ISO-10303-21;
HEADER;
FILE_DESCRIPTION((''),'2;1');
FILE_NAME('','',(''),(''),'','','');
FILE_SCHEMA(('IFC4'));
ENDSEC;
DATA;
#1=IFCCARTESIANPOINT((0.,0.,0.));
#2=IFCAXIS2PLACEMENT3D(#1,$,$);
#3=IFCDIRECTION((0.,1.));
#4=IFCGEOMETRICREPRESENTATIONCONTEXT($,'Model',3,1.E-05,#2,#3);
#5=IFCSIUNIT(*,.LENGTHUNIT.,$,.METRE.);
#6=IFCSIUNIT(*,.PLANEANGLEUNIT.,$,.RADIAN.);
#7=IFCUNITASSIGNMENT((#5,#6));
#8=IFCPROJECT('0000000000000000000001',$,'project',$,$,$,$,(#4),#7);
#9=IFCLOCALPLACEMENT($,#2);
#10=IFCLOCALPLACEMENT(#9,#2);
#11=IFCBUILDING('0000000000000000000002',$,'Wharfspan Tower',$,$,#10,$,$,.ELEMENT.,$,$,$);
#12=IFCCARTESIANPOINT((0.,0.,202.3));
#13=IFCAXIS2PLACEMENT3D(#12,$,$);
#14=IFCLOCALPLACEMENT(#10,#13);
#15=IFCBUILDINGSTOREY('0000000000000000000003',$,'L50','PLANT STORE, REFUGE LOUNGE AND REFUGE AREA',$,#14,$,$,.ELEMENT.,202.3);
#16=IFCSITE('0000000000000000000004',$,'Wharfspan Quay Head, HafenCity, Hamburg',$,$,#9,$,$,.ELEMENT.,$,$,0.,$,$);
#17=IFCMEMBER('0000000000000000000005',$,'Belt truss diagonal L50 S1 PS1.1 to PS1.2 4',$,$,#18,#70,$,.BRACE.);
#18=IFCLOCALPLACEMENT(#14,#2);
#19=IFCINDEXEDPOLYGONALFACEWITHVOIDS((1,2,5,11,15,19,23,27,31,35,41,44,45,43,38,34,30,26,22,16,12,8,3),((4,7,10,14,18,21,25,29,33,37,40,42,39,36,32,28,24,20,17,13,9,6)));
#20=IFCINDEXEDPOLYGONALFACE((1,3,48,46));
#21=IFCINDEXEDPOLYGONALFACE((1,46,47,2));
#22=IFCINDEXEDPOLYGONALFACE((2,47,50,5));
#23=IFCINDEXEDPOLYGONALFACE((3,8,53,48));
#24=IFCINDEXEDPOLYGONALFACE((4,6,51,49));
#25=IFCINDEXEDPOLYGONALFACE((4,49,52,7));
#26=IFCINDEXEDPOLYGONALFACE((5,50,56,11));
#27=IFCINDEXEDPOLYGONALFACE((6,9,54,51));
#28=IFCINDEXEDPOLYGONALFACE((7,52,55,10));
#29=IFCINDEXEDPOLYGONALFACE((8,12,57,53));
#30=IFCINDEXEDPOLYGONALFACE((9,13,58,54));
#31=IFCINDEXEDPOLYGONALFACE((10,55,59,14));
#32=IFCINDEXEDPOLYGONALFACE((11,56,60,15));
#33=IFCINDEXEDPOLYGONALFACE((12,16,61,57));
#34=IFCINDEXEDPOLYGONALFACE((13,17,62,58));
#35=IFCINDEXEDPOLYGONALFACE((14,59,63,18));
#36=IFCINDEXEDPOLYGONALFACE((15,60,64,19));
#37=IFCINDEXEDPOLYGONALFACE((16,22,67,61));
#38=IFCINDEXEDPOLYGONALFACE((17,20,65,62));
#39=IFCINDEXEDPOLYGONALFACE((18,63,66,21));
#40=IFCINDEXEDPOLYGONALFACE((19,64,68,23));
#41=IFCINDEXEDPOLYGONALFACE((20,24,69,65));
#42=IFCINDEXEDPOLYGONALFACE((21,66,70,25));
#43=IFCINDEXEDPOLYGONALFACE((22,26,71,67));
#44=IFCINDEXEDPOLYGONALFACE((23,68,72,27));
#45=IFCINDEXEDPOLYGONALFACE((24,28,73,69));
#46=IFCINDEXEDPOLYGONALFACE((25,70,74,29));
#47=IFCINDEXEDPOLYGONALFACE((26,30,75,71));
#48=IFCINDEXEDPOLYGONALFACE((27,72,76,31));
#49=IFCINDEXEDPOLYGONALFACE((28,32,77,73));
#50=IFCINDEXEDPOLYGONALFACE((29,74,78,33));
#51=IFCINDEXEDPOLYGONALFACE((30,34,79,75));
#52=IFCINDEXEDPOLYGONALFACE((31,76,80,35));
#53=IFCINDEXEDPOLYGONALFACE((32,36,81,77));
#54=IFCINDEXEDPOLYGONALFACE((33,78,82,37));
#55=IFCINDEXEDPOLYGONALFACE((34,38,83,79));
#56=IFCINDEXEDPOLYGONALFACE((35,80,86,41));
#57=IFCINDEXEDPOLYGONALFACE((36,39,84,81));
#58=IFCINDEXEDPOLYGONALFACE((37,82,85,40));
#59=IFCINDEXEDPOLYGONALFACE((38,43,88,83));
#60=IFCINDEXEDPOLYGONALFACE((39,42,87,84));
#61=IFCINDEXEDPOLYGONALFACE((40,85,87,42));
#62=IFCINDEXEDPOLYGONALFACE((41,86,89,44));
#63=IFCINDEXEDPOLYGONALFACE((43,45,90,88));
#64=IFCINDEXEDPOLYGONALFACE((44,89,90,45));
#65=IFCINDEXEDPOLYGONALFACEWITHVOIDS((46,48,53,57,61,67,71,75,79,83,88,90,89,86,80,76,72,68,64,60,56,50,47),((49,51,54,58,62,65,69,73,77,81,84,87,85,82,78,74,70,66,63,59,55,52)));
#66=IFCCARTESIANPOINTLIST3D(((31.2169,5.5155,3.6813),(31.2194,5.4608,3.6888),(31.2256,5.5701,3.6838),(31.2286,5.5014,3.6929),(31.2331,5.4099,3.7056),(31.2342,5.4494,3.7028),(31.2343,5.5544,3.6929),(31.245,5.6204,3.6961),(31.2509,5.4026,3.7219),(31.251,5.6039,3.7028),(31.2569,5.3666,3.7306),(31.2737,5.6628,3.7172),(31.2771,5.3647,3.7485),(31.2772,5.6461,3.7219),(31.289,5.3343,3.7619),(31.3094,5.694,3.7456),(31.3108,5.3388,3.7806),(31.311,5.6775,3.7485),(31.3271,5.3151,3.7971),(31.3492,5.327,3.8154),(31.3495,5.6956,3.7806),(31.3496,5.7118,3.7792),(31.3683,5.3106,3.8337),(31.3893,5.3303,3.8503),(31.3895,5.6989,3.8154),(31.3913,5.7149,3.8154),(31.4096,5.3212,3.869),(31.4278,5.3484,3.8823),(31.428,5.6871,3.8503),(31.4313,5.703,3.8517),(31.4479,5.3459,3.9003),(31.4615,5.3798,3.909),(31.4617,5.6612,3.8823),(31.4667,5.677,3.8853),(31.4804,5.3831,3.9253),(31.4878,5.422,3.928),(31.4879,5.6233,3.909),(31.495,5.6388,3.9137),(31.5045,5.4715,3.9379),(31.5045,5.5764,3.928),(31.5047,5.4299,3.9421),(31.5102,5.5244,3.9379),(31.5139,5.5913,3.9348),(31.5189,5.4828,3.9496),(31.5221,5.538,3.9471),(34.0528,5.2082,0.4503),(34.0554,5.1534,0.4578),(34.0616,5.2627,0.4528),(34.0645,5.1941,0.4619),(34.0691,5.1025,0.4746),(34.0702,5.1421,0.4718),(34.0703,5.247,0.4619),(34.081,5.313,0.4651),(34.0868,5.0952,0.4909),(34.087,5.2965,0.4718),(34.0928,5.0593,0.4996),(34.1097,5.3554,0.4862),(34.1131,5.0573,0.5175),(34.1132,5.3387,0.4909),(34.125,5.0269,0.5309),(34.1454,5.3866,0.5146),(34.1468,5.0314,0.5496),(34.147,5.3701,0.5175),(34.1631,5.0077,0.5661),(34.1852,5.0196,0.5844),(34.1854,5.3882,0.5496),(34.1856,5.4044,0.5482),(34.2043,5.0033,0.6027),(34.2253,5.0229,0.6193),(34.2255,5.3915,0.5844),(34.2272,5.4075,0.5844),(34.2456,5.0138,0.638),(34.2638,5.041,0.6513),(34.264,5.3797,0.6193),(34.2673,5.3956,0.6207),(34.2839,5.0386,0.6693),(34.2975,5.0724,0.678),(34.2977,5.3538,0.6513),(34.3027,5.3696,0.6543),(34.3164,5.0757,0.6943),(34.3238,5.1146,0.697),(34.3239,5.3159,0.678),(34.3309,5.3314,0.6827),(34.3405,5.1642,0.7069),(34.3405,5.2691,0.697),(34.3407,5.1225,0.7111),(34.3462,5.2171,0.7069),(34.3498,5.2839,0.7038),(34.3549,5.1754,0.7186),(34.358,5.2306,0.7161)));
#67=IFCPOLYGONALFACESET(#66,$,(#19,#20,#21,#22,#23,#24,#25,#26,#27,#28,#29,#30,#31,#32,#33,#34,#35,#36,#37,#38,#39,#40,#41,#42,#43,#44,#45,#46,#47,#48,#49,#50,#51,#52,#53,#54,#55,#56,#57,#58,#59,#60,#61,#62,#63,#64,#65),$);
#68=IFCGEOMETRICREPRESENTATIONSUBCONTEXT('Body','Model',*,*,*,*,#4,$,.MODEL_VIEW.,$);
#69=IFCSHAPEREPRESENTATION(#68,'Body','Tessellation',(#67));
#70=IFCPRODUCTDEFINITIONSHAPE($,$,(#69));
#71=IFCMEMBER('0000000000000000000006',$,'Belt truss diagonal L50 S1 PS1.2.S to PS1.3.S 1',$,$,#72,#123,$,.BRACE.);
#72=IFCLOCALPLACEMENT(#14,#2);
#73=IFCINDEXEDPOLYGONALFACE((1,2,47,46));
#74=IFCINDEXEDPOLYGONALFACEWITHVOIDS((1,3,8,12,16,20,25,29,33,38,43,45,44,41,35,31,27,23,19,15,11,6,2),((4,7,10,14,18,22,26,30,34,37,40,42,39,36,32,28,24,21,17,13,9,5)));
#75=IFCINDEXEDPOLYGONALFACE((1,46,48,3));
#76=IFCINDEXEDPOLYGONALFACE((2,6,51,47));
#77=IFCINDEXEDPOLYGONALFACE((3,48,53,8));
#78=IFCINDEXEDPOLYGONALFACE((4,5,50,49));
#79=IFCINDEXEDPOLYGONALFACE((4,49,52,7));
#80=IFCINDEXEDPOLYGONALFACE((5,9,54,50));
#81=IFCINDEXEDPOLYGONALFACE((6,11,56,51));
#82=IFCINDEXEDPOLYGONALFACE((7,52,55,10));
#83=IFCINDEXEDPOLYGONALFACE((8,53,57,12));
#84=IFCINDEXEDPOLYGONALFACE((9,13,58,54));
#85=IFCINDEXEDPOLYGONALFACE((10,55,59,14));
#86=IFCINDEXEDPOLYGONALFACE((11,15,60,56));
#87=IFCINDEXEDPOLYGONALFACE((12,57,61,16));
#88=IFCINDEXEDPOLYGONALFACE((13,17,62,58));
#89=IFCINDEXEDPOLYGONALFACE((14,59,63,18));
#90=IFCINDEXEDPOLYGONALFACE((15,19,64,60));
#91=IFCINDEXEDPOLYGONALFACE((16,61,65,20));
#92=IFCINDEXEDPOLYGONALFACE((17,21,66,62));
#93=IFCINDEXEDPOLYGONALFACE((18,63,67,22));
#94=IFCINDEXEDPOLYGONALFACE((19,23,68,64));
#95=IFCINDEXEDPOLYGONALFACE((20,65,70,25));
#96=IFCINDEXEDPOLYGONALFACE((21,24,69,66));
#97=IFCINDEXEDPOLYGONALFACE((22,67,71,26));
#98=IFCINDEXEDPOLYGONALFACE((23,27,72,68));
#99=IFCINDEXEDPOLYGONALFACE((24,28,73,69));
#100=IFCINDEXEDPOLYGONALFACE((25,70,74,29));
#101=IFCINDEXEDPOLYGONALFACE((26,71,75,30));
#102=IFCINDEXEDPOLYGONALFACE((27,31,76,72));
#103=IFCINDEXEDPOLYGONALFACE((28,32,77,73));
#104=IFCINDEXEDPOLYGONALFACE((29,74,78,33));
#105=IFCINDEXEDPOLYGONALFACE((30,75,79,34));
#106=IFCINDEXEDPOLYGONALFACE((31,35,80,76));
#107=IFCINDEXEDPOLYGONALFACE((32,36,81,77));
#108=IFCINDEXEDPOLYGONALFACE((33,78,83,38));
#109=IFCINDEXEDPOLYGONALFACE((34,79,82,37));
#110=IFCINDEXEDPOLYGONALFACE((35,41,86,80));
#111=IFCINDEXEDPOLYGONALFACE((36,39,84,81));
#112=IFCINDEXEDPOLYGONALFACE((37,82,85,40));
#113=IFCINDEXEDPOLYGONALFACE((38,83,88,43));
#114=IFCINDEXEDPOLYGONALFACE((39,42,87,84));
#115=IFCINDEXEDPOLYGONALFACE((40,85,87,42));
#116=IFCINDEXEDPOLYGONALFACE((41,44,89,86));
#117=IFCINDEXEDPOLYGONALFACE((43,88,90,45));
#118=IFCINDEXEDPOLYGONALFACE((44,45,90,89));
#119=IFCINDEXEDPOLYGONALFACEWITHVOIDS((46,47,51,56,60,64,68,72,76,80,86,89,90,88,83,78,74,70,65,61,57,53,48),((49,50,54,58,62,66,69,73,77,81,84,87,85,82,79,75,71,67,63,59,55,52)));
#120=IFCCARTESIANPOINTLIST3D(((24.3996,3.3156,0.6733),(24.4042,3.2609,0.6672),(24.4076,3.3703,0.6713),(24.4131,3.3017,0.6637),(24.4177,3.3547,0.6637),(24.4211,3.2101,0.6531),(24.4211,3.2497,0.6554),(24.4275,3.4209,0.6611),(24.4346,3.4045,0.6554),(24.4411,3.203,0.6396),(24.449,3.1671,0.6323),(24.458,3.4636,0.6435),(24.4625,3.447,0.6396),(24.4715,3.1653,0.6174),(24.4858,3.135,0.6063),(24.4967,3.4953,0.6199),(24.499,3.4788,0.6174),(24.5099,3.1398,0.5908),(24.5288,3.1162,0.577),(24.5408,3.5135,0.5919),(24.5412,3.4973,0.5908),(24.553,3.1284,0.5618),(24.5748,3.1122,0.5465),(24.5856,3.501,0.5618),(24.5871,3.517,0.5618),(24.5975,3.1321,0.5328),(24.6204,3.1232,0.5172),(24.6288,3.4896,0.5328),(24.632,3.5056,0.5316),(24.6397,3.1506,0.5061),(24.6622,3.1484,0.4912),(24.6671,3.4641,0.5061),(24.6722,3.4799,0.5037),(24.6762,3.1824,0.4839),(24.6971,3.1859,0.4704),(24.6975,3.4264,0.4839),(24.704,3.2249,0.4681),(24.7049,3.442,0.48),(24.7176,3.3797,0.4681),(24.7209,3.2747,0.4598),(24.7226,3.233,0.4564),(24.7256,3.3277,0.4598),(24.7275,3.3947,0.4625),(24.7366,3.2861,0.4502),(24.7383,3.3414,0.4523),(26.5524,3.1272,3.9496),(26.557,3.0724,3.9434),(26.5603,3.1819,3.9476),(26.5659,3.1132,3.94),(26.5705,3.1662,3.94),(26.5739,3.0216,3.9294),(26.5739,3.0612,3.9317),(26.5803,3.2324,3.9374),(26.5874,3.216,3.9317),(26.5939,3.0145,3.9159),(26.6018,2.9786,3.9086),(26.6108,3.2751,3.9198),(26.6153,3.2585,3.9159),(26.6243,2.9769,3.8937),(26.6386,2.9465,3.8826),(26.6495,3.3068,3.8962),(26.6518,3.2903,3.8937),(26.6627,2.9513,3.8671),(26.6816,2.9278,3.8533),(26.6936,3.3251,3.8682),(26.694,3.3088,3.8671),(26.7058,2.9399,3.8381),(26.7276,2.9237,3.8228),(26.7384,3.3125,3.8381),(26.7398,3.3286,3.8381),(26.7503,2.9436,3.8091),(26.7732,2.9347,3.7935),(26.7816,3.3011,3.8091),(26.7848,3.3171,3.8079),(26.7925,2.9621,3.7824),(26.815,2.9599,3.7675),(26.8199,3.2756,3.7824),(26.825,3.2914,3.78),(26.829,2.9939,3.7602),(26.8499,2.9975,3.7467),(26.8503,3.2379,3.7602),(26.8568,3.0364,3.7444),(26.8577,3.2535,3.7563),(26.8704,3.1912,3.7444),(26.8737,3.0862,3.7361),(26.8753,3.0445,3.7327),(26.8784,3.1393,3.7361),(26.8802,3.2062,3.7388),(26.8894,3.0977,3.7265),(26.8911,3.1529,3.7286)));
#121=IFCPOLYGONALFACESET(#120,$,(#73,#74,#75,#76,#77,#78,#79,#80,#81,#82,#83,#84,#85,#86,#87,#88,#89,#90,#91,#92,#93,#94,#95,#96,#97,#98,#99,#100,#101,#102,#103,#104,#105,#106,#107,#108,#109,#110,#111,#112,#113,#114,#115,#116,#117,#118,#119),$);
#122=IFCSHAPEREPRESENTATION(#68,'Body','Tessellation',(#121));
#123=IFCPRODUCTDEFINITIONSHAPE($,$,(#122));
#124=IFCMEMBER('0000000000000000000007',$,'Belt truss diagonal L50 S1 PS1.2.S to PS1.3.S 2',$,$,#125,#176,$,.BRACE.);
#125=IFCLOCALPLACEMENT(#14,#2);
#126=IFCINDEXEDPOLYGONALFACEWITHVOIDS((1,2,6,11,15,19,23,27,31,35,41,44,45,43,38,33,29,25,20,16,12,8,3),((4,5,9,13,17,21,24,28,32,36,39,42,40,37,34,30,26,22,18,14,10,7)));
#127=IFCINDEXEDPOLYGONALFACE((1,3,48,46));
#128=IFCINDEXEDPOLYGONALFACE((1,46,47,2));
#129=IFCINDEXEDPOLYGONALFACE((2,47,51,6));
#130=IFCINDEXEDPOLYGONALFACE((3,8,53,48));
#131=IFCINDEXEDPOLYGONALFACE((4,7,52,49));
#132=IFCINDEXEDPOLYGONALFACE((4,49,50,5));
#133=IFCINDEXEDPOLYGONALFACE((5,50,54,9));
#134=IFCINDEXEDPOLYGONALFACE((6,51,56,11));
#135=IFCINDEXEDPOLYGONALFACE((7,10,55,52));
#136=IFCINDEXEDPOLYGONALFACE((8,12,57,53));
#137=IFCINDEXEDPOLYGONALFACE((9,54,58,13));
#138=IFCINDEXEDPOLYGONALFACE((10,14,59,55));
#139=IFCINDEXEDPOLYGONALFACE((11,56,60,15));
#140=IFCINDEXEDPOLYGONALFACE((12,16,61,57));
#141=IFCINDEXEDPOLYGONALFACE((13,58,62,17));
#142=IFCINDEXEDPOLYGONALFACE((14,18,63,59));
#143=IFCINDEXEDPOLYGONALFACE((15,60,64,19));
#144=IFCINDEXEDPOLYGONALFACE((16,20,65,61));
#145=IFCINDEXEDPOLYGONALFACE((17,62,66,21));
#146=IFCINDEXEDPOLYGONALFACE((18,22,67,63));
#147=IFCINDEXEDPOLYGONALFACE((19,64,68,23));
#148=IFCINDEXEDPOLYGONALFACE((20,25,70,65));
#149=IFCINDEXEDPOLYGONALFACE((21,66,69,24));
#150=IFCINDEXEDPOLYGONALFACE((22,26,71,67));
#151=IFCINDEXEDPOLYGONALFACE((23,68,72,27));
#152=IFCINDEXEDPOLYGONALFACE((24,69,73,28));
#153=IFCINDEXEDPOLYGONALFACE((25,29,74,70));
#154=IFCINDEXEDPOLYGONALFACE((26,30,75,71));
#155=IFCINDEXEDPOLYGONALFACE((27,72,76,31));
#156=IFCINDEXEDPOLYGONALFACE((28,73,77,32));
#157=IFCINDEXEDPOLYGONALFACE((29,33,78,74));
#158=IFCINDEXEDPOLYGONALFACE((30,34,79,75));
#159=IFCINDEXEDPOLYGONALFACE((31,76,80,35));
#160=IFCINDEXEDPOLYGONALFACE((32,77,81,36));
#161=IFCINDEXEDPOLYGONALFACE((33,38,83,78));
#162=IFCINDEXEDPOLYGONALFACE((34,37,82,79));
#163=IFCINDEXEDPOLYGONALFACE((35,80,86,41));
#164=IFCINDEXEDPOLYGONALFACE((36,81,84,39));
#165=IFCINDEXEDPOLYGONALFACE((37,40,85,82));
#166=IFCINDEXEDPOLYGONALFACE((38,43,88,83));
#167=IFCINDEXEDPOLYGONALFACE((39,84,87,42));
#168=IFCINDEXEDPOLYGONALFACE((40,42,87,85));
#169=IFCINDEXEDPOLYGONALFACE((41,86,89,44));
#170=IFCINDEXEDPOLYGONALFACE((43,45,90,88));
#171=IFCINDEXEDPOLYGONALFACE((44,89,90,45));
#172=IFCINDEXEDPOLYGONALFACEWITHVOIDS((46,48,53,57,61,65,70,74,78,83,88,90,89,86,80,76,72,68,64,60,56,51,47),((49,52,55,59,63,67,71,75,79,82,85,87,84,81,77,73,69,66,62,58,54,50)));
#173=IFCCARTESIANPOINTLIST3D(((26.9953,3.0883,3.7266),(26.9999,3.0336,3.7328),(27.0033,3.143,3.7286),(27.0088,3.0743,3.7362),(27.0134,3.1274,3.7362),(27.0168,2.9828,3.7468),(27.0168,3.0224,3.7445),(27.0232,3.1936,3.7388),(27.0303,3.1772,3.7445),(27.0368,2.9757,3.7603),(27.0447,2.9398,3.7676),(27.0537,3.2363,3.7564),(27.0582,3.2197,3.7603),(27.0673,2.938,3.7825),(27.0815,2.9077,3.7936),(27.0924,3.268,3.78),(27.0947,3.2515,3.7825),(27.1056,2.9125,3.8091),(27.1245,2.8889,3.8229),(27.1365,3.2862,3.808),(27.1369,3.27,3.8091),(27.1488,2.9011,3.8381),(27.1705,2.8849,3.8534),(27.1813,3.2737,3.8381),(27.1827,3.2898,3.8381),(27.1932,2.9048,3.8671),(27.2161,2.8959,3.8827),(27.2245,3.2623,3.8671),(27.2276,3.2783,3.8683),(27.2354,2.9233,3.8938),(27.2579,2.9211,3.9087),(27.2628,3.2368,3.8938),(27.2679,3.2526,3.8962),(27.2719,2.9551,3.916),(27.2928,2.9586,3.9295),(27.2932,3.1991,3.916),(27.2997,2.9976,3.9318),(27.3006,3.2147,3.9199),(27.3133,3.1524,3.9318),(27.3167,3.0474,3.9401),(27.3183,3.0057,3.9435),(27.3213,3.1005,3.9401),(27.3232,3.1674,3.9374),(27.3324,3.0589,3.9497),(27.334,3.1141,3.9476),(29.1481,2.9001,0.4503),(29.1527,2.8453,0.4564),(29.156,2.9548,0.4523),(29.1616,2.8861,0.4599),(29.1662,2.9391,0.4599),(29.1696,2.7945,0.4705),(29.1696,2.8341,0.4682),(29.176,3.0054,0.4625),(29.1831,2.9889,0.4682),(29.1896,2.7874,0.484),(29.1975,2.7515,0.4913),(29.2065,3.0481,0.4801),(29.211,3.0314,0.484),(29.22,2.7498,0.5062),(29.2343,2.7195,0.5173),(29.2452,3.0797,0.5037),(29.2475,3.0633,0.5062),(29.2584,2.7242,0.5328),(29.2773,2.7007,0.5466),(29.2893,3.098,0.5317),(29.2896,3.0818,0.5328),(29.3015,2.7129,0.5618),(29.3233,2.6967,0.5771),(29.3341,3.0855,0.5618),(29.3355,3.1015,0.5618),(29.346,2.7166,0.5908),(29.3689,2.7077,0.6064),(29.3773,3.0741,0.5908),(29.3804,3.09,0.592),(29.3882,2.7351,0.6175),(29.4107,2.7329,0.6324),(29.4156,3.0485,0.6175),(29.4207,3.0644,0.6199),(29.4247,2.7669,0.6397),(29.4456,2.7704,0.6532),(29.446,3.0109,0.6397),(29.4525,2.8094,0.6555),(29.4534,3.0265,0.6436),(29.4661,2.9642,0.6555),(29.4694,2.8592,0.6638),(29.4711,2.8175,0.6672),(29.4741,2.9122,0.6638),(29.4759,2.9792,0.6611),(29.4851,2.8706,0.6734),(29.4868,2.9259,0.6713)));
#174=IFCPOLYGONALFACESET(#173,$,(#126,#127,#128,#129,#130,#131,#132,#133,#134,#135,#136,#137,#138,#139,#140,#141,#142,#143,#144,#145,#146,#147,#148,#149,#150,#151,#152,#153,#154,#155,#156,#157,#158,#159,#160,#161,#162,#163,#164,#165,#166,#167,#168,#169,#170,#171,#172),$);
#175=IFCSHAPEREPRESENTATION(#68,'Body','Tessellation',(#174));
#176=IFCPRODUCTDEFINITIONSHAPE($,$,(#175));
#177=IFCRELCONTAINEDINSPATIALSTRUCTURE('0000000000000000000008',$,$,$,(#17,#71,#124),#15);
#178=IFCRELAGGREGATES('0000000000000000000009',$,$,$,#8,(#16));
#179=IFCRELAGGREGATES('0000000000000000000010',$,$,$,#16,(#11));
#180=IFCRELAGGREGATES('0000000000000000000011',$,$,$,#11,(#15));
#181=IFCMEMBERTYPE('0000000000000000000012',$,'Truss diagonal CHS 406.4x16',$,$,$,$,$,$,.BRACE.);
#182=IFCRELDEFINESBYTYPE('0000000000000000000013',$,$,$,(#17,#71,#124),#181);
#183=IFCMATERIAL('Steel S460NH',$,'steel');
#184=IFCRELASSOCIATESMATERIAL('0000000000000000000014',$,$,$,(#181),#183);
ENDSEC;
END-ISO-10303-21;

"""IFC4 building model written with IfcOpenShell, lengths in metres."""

from ifc_helpers import new_model, si_unit, direction, frame, origin, origin_2d, place, context, subcontext, project, spatial, hollow_circle, extrude, material, material_profile, profile_set, type_object, element, save


model = new_model("IFC4")

# Units and contexts
model_context = context("Model", 3, precision=1e-05, world=origin(), true_north=direction((0.0, 1.0)))
body_context = subcontext(model_context, "Body", "Model", "MODEL_VIEW")
ifc_project = project(units=[si_unit("LENGTHUNIT", "METRE"), si_unit("PLANEANGLEUNIT", "RADIAN")], contexts=[model_context])

# Site, building, storey
site_placement = place(None, origin())
site = spatial("IfcSite", under=ifc_project, at=site_placement, Name="Wharfspan Quay Head, HafenCity, Hamburg", CompositionType="ELEMENT", RefElevation=0.0)
building_placement = place(site_placement, origin())
building = spatial("IfcBuilding", under=site, at=building_placement, Name="Wharfspan Tower", CompositionType="ELEMENT")
storey_placement = place(building_placement, frame((0.0, 0.0, 202.3)))
storey = spatial("IfcBuildingStorey", under=building, at=storey_placement, Name="L50", Description="PLANT STORE, REFUGE LOUNGE AND REFUGE AREA", CompositionType="ELEMENT", Elevation=202.3)

# Members
ifc_material_1 = material(Name="Steel S460NH", Category="steel")
ifc_material_profile_1 = material_profile(ifc_material_1, hollow_circle(Radius=0.2031, WallThickness=0.0161, at=origin_2d()))
ifc_profile_set_1 = profile_set([ifc_material_profile_1], Name="Steel S460NH")
member_type = type_object("IfcMemberType", Name="Truss diagonal CHS 406.4x16", PredefinedType="BRACE", material=ifc_profile_set_1)
member_placement = place(storey_placement, frame((31.3694, 5.5129, 3.8154), z_axis=(0.65799, -0.071316, -0.749642), x_axis=(0.107756, 0.994179, 0.000002)))
element("IfcMember", 1, at=member_placement, inside=storey, type_object=member_type, Name="Belt truss diagonal L50 S1 PS1.1 to PS1.2 4", PredefinedType="BRACE", context=body_context, shape_type="SweptSolid", body=[
    extrude(hollow_circle(Radius=0.2031, WallThickness=0.0161, at=origin_2d()), origin(), (0.0, 0.0, 1.0), 4.3101),
])
for number, where, z_axis, x_axis, name in (
    (2, (24.5693, 3.3147, 0.5618), (0.548507, -0.048021, 0.834766), (0.087215, 0.99619, 0.0), "Belt truss diagonal L50 S1 PS1.2.S to PS1.3.S 1"),
    (3, (27.165, 3.0874, 3.8381), (0.548509, -0.047959, -0.834768), (0.0871, 0.996201, -0.000002), "Belt truss diagonal L50 S1 PS1.2.S to PS1.3.S 2"),
):
    element("IfcMember", number, at=place(storey_placement, frame(where, z_axis=z_axis, x_axis=x_axis)), inside=storey, type_object=member_type, Name=name, PredefinedType="BRACE", context=body_context, shape_type="SweptSolid", body=[
        extrude(hollow_circle(Radius=0.2031, WallThickness=0.0161, at=origin_2d()), origin(), (0.0, 0.0, 1.0), 3.9248),
    ])

save(model, "model.ifc")
